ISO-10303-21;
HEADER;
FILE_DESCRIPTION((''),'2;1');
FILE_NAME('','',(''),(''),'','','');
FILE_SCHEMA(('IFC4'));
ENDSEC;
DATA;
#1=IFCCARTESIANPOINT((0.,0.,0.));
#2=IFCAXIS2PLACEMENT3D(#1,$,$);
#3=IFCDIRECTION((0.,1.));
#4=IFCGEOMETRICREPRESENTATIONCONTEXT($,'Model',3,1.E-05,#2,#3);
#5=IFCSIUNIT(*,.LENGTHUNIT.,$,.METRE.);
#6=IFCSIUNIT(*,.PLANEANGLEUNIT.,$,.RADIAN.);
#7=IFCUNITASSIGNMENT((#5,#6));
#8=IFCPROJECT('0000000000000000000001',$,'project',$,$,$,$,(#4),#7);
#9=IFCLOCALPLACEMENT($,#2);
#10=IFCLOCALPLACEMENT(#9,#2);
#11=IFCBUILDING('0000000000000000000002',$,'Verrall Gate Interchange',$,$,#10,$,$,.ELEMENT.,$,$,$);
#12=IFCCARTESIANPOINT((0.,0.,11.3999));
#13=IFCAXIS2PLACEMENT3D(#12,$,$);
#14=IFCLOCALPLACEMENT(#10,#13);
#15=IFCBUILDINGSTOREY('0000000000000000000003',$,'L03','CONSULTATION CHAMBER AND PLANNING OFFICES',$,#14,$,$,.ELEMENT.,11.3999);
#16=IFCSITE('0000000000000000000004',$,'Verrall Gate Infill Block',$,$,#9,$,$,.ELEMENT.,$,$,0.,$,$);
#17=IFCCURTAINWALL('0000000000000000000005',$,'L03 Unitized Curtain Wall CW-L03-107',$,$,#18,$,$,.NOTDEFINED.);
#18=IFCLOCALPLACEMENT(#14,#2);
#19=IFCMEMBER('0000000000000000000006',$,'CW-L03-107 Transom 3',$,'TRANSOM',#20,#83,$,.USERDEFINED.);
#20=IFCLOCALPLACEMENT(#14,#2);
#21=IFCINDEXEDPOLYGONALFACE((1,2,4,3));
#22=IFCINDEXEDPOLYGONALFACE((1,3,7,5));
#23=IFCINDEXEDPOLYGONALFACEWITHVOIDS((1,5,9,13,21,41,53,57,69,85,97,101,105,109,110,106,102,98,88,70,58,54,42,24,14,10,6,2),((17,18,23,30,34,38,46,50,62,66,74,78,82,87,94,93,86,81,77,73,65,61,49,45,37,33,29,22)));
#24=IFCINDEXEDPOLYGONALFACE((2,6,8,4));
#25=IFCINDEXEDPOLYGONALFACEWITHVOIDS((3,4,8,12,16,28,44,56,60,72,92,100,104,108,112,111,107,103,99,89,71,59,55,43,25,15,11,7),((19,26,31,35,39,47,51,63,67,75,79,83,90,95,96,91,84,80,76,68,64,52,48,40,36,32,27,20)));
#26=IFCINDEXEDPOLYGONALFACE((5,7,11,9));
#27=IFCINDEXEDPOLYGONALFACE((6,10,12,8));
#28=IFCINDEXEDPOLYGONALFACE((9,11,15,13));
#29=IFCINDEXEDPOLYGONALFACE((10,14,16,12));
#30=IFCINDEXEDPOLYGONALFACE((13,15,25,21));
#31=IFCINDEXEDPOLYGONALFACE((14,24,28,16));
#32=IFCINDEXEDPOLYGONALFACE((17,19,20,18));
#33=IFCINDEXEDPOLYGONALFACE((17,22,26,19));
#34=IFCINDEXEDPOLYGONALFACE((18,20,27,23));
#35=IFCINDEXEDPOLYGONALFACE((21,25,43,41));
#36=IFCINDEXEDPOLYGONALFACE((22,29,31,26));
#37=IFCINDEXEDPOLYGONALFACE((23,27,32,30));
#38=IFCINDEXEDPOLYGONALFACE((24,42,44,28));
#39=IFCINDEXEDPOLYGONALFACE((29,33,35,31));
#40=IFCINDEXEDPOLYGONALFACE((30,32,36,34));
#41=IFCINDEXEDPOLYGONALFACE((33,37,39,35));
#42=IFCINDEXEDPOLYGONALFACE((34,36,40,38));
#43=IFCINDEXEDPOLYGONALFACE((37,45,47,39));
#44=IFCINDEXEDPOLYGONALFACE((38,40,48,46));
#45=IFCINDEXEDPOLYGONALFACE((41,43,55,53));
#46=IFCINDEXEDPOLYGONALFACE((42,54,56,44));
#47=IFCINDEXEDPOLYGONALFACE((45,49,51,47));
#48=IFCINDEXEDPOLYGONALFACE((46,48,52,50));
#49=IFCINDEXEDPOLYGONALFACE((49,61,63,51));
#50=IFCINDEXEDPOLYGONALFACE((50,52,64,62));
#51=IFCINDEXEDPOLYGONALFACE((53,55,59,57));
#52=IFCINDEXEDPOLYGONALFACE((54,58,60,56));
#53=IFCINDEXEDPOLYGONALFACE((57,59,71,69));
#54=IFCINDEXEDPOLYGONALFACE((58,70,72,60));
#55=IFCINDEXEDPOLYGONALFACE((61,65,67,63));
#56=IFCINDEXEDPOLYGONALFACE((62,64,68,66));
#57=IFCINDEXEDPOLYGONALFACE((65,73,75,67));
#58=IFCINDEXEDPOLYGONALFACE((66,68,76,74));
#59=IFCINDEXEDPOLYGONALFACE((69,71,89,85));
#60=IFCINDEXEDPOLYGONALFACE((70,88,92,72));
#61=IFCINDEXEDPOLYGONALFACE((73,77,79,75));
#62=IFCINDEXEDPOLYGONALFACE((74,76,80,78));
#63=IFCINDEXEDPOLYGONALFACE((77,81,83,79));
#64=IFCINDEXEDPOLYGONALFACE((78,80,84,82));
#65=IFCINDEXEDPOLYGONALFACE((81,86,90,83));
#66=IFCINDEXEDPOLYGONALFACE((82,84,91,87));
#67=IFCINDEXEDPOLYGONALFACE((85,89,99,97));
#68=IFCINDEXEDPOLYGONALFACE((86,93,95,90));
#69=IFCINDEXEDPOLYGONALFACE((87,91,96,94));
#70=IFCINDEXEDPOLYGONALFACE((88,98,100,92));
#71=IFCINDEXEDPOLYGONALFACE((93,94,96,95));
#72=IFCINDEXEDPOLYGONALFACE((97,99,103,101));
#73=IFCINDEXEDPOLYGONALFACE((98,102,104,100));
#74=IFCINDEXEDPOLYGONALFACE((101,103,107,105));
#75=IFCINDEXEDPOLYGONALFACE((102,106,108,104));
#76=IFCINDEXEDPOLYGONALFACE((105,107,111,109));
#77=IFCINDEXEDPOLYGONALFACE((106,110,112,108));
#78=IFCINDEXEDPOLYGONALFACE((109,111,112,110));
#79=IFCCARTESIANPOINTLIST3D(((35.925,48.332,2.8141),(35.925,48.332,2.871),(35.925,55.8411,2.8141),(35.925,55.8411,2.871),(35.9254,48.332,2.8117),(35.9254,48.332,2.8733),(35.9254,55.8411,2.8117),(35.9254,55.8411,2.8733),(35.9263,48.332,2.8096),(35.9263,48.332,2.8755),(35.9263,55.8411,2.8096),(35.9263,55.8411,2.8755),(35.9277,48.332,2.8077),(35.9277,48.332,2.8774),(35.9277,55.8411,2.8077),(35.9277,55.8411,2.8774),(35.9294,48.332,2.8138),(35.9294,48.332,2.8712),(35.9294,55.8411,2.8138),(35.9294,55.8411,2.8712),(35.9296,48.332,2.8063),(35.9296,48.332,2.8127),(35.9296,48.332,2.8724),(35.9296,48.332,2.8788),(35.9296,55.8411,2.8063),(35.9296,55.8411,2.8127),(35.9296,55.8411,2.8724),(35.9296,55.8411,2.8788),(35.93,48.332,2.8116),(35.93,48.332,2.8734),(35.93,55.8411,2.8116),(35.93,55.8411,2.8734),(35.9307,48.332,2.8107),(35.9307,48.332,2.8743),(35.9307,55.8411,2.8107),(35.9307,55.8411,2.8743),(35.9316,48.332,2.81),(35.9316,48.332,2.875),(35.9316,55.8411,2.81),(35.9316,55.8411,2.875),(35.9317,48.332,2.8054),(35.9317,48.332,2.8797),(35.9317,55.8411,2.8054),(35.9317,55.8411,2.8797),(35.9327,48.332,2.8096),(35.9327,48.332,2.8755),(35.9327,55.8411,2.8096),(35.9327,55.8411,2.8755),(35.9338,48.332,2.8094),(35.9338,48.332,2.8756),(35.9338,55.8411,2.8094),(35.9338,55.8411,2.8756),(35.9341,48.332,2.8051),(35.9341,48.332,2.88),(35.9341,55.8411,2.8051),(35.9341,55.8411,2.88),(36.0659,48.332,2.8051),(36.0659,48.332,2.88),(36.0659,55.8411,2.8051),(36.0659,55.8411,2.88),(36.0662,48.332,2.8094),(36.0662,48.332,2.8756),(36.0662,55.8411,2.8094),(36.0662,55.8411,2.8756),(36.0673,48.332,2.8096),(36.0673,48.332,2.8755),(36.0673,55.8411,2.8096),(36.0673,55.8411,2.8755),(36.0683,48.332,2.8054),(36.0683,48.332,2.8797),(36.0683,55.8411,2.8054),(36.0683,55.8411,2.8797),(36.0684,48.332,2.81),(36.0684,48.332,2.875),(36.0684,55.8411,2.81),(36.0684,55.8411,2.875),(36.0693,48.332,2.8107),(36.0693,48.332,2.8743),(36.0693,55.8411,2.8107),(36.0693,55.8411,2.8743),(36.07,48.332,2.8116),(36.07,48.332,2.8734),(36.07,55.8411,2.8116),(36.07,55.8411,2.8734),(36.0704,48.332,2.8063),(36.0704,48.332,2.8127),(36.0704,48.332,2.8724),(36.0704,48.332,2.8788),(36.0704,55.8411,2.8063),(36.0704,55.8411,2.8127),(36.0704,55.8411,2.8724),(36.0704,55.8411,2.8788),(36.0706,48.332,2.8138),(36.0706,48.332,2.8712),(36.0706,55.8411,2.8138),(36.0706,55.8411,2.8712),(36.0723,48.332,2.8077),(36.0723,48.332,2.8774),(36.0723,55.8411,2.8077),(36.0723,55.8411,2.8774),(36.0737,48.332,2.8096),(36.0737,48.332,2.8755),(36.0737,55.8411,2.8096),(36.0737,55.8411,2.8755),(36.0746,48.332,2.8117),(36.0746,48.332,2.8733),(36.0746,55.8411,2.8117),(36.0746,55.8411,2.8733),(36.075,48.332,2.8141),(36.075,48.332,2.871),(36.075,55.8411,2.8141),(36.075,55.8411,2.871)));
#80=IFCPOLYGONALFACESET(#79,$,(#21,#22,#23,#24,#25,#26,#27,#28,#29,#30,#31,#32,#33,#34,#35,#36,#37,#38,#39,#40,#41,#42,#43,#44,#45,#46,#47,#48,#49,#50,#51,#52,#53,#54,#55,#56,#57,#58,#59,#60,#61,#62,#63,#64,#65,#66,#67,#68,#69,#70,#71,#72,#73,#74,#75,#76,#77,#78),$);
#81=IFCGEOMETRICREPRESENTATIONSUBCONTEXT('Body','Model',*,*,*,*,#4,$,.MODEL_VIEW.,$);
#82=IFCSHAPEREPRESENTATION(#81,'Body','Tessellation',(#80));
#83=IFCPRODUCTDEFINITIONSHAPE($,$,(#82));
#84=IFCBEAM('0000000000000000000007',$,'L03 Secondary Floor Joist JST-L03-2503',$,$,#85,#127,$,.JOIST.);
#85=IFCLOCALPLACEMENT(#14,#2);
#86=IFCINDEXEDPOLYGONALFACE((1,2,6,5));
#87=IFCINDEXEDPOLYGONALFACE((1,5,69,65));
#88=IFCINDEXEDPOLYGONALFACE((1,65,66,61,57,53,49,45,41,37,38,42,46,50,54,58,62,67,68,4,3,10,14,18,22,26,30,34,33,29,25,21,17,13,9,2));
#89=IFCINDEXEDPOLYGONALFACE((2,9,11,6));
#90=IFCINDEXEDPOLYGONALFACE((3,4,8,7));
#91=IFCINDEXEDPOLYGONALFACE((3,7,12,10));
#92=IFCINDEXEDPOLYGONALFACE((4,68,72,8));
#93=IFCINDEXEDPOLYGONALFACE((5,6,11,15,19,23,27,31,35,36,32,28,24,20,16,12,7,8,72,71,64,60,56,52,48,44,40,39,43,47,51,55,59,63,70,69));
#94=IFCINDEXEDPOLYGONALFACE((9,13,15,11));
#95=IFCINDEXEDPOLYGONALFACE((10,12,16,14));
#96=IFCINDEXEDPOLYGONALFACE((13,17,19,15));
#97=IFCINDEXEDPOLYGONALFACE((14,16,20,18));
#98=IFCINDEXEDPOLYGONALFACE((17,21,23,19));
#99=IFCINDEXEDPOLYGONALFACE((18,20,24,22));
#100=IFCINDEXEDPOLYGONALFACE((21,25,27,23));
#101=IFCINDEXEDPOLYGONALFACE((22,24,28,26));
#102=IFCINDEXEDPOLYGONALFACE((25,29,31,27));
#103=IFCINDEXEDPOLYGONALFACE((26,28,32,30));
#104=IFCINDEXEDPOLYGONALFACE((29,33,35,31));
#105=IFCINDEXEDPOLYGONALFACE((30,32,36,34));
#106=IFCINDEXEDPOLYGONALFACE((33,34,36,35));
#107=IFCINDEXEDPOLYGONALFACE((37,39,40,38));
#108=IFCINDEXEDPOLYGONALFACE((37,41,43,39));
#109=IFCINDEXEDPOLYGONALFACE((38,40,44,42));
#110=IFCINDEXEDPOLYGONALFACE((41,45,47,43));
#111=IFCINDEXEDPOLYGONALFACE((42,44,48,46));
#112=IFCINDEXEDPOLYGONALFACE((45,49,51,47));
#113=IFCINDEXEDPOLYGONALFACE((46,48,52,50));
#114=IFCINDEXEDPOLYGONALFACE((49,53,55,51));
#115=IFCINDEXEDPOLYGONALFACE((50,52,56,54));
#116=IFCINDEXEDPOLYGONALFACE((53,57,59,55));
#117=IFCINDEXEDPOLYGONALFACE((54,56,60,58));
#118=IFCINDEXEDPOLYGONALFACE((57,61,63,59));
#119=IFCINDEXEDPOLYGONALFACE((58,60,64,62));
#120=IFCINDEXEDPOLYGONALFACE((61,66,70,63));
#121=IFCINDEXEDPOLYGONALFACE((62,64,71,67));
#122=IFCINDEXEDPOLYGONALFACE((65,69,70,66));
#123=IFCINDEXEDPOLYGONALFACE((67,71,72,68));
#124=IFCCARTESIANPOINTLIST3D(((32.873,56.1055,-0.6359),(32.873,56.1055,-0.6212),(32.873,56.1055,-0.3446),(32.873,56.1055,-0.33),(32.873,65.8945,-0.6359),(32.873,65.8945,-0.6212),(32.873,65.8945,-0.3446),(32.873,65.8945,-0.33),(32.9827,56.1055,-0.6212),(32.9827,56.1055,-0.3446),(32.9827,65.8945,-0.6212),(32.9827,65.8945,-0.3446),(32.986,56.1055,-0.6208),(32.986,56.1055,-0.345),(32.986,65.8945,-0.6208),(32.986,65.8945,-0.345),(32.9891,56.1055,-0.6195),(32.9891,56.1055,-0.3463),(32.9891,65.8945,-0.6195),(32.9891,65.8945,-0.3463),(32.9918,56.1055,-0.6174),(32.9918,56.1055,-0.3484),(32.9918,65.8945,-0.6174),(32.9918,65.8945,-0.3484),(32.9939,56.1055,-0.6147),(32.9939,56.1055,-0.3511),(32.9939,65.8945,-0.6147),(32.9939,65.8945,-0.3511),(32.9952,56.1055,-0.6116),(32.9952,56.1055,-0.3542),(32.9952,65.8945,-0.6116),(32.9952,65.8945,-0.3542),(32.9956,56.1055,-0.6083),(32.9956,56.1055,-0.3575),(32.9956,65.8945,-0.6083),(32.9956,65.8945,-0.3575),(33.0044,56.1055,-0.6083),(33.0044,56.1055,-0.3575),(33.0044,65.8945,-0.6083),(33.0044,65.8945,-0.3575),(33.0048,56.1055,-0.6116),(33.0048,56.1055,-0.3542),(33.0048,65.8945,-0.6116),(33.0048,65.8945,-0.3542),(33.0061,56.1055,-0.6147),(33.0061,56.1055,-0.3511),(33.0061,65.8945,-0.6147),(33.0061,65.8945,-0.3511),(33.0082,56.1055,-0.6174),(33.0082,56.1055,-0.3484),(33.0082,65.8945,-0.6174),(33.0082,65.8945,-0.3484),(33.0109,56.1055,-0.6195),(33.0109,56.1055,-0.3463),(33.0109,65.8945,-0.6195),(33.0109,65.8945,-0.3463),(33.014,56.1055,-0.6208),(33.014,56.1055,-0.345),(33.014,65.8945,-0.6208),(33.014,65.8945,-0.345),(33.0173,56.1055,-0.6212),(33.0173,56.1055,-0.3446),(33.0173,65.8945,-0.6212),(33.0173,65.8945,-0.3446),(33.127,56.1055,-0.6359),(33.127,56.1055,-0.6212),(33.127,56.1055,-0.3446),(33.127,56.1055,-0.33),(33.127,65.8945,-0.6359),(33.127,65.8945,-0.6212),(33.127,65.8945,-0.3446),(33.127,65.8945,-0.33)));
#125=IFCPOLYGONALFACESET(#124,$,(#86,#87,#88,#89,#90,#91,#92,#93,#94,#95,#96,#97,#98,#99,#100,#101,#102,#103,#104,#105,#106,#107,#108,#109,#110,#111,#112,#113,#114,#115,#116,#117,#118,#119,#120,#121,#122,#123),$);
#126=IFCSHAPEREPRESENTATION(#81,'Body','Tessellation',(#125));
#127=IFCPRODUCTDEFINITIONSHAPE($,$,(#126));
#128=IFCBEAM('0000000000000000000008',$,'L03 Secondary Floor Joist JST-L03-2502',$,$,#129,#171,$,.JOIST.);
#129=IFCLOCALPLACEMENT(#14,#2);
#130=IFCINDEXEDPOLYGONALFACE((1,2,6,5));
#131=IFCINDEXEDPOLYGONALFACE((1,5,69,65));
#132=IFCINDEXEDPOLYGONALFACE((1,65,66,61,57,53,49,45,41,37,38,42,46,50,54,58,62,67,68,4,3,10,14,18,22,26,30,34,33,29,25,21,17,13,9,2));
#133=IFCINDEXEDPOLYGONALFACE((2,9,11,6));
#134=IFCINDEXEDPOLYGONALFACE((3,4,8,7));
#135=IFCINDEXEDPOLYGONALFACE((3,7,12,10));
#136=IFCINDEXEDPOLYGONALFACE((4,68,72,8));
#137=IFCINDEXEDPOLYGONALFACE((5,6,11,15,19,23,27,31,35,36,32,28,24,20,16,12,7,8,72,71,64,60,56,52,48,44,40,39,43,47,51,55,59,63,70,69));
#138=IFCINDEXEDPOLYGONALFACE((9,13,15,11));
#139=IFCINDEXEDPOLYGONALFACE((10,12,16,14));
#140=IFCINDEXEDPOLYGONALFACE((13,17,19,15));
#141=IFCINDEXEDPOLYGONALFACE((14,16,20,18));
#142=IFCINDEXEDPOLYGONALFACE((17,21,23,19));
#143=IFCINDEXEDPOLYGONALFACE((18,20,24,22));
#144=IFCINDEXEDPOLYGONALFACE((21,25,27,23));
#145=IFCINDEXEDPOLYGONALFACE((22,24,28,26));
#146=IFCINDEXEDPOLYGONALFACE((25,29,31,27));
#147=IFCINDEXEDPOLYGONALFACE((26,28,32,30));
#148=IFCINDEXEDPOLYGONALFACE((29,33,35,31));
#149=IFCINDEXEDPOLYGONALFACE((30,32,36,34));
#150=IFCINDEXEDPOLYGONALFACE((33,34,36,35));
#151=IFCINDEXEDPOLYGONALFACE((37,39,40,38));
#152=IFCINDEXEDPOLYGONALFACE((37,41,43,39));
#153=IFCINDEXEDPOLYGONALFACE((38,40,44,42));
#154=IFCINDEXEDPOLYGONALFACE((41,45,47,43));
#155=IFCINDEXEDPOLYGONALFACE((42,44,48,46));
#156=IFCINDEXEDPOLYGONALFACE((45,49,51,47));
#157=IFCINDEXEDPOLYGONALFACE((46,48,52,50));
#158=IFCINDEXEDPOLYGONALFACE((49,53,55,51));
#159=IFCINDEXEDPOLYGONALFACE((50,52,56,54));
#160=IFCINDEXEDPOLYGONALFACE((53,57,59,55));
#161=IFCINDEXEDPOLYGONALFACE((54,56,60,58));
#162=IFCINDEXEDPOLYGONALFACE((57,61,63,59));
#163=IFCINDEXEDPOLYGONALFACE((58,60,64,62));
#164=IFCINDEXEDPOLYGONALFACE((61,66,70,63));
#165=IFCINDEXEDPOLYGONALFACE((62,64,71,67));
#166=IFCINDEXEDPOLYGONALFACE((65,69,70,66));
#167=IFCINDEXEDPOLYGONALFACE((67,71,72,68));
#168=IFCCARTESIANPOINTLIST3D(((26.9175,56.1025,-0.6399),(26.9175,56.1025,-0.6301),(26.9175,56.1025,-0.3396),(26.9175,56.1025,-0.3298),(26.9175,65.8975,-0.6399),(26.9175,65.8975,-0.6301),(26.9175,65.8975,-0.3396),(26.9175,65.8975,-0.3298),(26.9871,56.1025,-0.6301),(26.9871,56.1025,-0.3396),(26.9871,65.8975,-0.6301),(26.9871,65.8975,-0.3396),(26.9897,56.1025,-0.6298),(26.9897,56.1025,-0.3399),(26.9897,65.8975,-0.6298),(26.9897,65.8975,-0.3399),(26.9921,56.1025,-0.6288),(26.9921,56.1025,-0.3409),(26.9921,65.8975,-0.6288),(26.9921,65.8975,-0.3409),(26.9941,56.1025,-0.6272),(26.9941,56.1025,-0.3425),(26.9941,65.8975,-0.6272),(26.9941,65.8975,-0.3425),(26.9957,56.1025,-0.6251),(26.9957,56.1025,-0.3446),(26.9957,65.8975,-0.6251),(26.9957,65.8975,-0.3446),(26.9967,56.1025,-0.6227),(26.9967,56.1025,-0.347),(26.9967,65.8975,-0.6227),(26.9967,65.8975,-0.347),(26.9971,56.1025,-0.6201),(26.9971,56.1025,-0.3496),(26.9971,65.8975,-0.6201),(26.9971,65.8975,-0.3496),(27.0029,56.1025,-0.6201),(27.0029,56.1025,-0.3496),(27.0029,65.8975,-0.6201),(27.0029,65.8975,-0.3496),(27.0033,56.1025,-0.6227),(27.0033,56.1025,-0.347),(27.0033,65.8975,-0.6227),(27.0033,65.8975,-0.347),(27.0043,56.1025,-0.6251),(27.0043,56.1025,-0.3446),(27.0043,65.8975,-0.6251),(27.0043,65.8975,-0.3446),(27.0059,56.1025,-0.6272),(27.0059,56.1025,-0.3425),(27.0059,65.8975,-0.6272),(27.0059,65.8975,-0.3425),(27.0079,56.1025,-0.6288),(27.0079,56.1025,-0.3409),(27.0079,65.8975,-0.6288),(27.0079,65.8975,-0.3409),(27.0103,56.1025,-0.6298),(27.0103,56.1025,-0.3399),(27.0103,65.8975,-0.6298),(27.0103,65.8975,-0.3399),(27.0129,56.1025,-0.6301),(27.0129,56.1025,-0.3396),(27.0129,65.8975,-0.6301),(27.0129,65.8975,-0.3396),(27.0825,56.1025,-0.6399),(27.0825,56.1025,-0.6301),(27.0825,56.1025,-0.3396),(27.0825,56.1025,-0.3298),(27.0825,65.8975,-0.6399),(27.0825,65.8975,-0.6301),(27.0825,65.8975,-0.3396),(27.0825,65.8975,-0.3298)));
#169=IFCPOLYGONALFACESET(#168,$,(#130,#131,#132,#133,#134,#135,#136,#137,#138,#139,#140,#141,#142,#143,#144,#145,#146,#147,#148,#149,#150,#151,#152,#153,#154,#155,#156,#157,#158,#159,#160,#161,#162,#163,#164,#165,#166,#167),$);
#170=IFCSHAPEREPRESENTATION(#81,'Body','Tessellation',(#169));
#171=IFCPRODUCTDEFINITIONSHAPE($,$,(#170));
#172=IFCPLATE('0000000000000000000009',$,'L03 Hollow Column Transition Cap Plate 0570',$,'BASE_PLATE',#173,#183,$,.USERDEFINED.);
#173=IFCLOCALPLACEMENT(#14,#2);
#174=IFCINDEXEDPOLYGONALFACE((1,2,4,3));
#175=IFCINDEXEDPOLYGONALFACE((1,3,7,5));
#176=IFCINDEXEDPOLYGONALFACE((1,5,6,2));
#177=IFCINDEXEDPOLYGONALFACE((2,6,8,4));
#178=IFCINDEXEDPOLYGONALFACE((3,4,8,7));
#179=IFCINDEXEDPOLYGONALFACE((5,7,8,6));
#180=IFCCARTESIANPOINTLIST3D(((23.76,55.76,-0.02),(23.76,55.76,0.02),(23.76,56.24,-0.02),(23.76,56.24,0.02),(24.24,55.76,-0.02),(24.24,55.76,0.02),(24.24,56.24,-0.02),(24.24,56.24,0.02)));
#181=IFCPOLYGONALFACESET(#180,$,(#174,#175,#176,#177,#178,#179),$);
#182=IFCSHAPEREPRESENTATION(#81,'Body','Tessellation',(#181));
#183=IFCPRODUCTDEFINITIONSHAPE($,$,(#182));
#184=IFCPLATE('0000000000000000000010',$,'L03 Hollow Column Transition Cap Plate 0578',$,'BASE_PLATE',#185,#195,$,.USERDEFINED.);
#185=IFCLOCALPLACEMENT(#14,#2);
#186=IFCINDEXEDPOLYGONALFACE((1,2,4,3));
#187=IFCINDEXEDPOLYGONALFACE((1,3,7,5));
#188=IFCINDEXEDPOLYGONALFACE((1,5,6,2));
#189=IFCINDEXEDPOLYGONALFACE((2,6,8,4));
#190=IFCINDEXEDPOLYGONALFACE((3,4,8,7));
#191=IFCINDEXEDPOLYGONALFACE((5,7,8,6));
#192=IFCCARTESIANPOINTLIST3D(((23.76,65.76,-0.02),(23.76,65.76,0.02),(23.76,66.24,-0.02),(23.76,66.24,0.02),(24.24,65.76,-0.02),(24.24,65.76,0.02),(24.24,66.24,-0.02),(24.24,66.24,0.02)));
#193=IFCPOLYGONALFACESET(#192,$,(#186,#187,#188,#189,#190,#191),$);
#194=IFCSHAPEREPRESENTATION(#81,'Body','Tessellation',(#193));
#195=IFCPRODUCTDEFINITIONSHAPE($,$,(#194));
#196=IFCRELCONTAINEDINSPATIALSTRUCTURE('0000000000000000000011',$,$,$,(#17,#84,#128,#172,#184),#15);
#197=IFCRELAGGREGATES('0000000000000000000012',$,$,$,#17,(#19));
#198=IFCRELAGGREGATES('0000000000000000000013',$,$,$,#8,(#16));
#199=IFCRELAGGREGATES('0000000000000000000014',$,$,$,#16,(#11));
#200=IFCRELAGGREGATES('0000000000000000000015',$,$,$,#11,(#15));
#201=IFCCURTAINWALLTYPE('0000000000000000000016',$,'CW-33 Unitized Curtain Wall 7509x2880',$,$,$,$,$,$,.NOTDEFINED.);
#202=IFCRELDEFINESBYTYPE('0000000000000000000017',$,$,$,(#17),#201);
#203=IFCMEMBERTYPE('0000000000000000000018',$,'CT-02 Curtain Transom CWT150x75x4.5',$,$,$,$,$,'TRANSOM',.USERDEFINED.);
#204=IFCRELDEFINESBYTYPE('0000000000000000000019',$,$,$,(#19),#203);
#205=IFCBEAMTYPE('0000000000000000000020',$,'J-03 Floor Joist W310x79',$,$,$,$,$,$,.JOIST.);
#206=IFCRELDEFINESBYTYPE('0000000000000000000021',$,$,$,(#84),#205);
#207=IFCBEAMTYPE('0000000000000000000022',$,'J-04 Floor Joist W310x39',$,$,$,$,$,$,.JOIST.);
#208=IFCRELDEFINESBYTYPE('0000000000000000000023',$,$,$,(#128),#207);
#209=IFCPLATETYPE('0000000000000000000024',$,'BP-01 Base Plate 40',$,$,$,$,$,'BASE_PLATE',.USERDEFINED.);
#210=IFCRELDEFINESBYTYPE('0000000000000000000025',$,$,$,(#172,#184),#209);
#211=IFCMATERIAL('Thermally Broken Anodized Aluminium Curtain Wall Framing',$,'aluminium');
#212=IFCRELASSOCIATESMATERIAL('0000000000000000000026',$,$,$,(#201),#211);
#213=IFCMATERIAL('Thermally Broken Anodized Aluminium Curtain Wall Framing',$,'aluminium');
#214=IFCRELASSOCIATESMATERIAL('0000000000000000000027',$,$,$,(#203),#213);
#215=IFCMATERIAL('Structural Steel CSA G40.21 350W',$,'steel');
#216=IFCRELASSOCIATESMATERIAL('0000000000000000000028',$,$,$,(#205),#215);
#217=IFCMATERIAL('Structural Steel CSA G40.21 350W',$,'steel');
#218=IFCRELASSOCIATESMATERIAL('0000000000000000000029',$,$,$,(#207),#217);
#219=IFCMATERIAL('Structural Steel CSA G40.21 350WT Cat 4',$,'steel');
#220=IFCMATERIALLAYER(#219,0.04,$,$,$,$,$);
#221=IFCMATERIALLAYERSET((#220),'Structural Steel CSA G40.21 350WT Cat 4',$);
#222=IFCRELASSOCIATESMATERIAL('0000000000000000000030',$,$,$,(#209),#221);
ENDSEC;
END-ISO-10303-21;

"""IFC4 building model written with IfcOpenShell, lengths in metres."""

from ifc_helpers import new_model, si_unit, direction, frame, origin, origin_2d, place, context, subcontext, project, spatial, rectangle, hollow_rectangle, i_section, extrude, material, layer, layer_set, material_profile, profile_set, type_object, element, aggregate, save


model = new_model("IFC4")

# Units and contexts
model_context = context("Model", 3, precision=1e-05, world=origin(), true_north=direction((0.0, 1.0)))
body_context = subcontext(model_context, "Body", "Model", "MODEL_VIEW")
ifc_project = project(units=[si_unit("LENGTHUNIT", "METRE"), si_unit("PLANEANGLEUNIT", "RADIAN")], contexts=[model_context])

# Site, building, storey
site_placement = place(None, origin())
site = spatial("IfcSite", under=ifc_project, at=site_placement, Name="Verrall Gate Infill Block", CompositionType="ELEMENT", RefElevation=0.0)
building_placement = place(site_placement, origin())
building = spatial("IfcBuilding", under=site, at=building_placement, Name="Verrall Gate Interchange", CompositionType="ELEMENT")
storey_placement = place(building_placement, frame((0.0, 0.0, 11.3999)))
storey = spatial("IfcBuildingStorey", under=building, at=storey_placement, Name="L03", Description="CONSULTATION CHAMBER AND PLANNING OFFICES", CompositionType="ELEMENT", Elevation=11.3999)

# Curtain wall, member
ifc_material_1 = material(Name="Thermally Broken Anodized Aluminium Curtain Wall Framing", Category="aluminium")
curtain_wall_type = type_object("IfcCurtainWallType", Name="CW-33 Unitized Curtain Wall 7509x2880", PredefinedType="NOTDEFINED", material=ifc_material_1)
curtain_wall_placement = place(storey_placement, origin())
curtain_wall = element("IfcCurtainWall", 1, at=curtain_wall_placement, inside=storey, type_object=curtain_wall_type, Name="L03 Unitized Curtain Wall CW-L03-107", PredefinedType="NOTDEFINED")
ifc_material_2 = material(Name="Thermally Broken Anodized Aluminium Curtain Wall Framing", Category="aluminium")
ifc_material_profile_1 = material_profile(ifc_material_2, hollow_rectangle(XDim=0.1499, YDim=0.075, WallThickness=0.0044, InnerFilletRadius=0.0044, OuterFilletRadius=0.009, at=origin_2d()), Name="CWT150x75x4.5")
ifc_profile_set_1 = profile_set([ifc_material_profile_1], Name="Thermally Broken Anodized Aluminium Curtain Wall Framing")
member_type_1 = type_object("IfcMemberType", Name="CT-02 Curtain Transom CWT150x75x4.5", ElementType="TRANSOM", PredefinedType="USERDEFINED", material=ifc_profile_set_1)
member_1_placement = place(storey_placement, frame((36.0, 48.332, 2.8425), z_axis=(0.0, 1.0, 0.0), x_axis=(-1.0, 0.0, 0.0)))
member_1 = element("IfcMember", 2, at=member_1_placement, type_object=member_type_1, Name="CW-L03-107 Transom 3", ObjectType="TRANSOM", PredefinedType="USERDEFINED", context=body_context, shape_type="SweptSolid", body=[
    extrude(hollow_rectangle(XDim=0.1499, YDim=0.075, WallThickness=0.0044, InnerFilletRadius=0.0044, OuterFilletRadius=0.009, at=origin_2d()), origin(), (0.0, 0.0, 1.0), 7.509),
])

# Beams
ifc_material_3 = material(Name="Structural Steel CSA G40.21 350W", Category="steel")
ifc_material_profile_2 = material_profile(ifc_material_3, i_section(OverallWidth=0.2539, OverallDepth=0.3059, WebThickness=0.0088, FlangeThickness=0.0146, FilletRadius=0.0129, at=origin_2d()), Name="W310x79")
ifc_profile_set_2 = profile_set([ifc_material_profile_2], Name="Structural Steel CSA G40.21 350W")
beam_type_1 = type_object("IfcBeamType", Name="J-03 Floor Joist W310x79", PredefinedType="JOIST", material=ifc_profile_set_2)
beam_1_placement = place(storey_placement, frame((33.0, 56.1055, -0.4829), z_axis=(0.0, 1.0, 0.0), x_axis=(-1.0, 0.0, 0.0)))
element("IfcBeam", 3, at=beam_1_placement, inside=storey, type_object=beam_type_1, Name="L03 Secondary Floor Joist JST-L03-2503", PredefinedType="JOIST", context=body_context, shape_type="SweptSolid", body=[
    extrude(i_section(OverallWidth=0.2539, OverallDepth=0.3059, WebThickness=0.0088, FlangeThickness=0.0146, FilletRadius=0.0129, at=origin_2d()), origin(), (0.0, 0.0, 1.0), 9.7891),
])
ifc_material_4 = material(Name="Structural Steel CSA G40.21 350W", Category="steel")
ifc_material_profile_3 = material_profile(ifc_material_4, i_section(OverallWidth=0.165, OverallDepth=0.3101, WebThickness=0.0059, FlangeThickness=0.0098, FilletRadius=0.01, at=origin_2d()), Name="W310x39")
ifc_profile_set_3 = profile_set([ifc_material_profile_3], Name="Structural Steel CSA G40.21 350W")
beam_type_2 = type_object("IfcBeamType", Name="J-04 Floor Joist W310x39", PredefinedType="JOIST", material=ifc_profile_set_3)
beam_2_placement = place(storey_placement, frame((27.0, 56.1025, -0.4849), z_axis=(0.0, 1.0, 0.0), x_axis=(-1.0, 0.0, 0.0)))
element("IfcBeam", 4, at=beam_2_placement, inside=storey, type_object=beam_type_2, Name="L03 Secondary Floor Joist JST-L03-2502", PredefinedType="JOIST", context=body_context, shape_type="SweptSolid", body=[
    extrude(i_section(OverallWidth=0.165, OverallDepth=0.3101, WebThickness=0.0059, FlangeThickness=0.0098, FilletRadius=0.01, at=origin_2d()), origin(), (0.0, 0.0, 1.0), 9.7949),
])

# Plates
ifc_material_5 = material(Name="Structural Steel CSA G40.21 350WT Cat 4", Category="steel")
ifc_layer_1 = layer(ifc_material_5, 0.04)
ifc_layer_set_1 = layer_set([ifc_layer_1], Name="Structural Steel CSA G40.21 350WT Cat 4")
plate_type_1 = type_object("IfcPlateType", Name="BP-01 Base Plate 40", ElementType="BASE_PLATE", PredefinedType="USERDEFINED", material=ifc_layer_set_1)
for number, where, z_axis, x_axis, name in (
    (5, (24.0, 56.0, -0.02), (0.0, 0.0, 1.0), (1.0, 0.0, 0.0), "L03 Hollow Column Transition Cap Plate 0570"),
    (6, (24.0, 66.0, -0.02), (0.0, 0.0, 1.0), (1.0, 0.0, 0.0), "L03 Hollow Column Transition Cap Plate 0578"),
):
    element("IfcPlate", number, at=place(storey_placement, frame(where, z_axis=z_axis, x_axis=x_axis)), inside=storey, type_object=plate_type_1, Name=name, ObjectType="BASE_PLATE", PredefinedType="USERDEFINED", context=body_context, shape_type="SweptSolid", body=[
        extrude(rectangle(XDim=0.48, YDim=0.48, at=origin_2d()), origin(), (0.0, 0.0, 1.0), 0.04),
    ])

aggregate(curtain_wall, [member_1])

save(model, "model.ifc")
